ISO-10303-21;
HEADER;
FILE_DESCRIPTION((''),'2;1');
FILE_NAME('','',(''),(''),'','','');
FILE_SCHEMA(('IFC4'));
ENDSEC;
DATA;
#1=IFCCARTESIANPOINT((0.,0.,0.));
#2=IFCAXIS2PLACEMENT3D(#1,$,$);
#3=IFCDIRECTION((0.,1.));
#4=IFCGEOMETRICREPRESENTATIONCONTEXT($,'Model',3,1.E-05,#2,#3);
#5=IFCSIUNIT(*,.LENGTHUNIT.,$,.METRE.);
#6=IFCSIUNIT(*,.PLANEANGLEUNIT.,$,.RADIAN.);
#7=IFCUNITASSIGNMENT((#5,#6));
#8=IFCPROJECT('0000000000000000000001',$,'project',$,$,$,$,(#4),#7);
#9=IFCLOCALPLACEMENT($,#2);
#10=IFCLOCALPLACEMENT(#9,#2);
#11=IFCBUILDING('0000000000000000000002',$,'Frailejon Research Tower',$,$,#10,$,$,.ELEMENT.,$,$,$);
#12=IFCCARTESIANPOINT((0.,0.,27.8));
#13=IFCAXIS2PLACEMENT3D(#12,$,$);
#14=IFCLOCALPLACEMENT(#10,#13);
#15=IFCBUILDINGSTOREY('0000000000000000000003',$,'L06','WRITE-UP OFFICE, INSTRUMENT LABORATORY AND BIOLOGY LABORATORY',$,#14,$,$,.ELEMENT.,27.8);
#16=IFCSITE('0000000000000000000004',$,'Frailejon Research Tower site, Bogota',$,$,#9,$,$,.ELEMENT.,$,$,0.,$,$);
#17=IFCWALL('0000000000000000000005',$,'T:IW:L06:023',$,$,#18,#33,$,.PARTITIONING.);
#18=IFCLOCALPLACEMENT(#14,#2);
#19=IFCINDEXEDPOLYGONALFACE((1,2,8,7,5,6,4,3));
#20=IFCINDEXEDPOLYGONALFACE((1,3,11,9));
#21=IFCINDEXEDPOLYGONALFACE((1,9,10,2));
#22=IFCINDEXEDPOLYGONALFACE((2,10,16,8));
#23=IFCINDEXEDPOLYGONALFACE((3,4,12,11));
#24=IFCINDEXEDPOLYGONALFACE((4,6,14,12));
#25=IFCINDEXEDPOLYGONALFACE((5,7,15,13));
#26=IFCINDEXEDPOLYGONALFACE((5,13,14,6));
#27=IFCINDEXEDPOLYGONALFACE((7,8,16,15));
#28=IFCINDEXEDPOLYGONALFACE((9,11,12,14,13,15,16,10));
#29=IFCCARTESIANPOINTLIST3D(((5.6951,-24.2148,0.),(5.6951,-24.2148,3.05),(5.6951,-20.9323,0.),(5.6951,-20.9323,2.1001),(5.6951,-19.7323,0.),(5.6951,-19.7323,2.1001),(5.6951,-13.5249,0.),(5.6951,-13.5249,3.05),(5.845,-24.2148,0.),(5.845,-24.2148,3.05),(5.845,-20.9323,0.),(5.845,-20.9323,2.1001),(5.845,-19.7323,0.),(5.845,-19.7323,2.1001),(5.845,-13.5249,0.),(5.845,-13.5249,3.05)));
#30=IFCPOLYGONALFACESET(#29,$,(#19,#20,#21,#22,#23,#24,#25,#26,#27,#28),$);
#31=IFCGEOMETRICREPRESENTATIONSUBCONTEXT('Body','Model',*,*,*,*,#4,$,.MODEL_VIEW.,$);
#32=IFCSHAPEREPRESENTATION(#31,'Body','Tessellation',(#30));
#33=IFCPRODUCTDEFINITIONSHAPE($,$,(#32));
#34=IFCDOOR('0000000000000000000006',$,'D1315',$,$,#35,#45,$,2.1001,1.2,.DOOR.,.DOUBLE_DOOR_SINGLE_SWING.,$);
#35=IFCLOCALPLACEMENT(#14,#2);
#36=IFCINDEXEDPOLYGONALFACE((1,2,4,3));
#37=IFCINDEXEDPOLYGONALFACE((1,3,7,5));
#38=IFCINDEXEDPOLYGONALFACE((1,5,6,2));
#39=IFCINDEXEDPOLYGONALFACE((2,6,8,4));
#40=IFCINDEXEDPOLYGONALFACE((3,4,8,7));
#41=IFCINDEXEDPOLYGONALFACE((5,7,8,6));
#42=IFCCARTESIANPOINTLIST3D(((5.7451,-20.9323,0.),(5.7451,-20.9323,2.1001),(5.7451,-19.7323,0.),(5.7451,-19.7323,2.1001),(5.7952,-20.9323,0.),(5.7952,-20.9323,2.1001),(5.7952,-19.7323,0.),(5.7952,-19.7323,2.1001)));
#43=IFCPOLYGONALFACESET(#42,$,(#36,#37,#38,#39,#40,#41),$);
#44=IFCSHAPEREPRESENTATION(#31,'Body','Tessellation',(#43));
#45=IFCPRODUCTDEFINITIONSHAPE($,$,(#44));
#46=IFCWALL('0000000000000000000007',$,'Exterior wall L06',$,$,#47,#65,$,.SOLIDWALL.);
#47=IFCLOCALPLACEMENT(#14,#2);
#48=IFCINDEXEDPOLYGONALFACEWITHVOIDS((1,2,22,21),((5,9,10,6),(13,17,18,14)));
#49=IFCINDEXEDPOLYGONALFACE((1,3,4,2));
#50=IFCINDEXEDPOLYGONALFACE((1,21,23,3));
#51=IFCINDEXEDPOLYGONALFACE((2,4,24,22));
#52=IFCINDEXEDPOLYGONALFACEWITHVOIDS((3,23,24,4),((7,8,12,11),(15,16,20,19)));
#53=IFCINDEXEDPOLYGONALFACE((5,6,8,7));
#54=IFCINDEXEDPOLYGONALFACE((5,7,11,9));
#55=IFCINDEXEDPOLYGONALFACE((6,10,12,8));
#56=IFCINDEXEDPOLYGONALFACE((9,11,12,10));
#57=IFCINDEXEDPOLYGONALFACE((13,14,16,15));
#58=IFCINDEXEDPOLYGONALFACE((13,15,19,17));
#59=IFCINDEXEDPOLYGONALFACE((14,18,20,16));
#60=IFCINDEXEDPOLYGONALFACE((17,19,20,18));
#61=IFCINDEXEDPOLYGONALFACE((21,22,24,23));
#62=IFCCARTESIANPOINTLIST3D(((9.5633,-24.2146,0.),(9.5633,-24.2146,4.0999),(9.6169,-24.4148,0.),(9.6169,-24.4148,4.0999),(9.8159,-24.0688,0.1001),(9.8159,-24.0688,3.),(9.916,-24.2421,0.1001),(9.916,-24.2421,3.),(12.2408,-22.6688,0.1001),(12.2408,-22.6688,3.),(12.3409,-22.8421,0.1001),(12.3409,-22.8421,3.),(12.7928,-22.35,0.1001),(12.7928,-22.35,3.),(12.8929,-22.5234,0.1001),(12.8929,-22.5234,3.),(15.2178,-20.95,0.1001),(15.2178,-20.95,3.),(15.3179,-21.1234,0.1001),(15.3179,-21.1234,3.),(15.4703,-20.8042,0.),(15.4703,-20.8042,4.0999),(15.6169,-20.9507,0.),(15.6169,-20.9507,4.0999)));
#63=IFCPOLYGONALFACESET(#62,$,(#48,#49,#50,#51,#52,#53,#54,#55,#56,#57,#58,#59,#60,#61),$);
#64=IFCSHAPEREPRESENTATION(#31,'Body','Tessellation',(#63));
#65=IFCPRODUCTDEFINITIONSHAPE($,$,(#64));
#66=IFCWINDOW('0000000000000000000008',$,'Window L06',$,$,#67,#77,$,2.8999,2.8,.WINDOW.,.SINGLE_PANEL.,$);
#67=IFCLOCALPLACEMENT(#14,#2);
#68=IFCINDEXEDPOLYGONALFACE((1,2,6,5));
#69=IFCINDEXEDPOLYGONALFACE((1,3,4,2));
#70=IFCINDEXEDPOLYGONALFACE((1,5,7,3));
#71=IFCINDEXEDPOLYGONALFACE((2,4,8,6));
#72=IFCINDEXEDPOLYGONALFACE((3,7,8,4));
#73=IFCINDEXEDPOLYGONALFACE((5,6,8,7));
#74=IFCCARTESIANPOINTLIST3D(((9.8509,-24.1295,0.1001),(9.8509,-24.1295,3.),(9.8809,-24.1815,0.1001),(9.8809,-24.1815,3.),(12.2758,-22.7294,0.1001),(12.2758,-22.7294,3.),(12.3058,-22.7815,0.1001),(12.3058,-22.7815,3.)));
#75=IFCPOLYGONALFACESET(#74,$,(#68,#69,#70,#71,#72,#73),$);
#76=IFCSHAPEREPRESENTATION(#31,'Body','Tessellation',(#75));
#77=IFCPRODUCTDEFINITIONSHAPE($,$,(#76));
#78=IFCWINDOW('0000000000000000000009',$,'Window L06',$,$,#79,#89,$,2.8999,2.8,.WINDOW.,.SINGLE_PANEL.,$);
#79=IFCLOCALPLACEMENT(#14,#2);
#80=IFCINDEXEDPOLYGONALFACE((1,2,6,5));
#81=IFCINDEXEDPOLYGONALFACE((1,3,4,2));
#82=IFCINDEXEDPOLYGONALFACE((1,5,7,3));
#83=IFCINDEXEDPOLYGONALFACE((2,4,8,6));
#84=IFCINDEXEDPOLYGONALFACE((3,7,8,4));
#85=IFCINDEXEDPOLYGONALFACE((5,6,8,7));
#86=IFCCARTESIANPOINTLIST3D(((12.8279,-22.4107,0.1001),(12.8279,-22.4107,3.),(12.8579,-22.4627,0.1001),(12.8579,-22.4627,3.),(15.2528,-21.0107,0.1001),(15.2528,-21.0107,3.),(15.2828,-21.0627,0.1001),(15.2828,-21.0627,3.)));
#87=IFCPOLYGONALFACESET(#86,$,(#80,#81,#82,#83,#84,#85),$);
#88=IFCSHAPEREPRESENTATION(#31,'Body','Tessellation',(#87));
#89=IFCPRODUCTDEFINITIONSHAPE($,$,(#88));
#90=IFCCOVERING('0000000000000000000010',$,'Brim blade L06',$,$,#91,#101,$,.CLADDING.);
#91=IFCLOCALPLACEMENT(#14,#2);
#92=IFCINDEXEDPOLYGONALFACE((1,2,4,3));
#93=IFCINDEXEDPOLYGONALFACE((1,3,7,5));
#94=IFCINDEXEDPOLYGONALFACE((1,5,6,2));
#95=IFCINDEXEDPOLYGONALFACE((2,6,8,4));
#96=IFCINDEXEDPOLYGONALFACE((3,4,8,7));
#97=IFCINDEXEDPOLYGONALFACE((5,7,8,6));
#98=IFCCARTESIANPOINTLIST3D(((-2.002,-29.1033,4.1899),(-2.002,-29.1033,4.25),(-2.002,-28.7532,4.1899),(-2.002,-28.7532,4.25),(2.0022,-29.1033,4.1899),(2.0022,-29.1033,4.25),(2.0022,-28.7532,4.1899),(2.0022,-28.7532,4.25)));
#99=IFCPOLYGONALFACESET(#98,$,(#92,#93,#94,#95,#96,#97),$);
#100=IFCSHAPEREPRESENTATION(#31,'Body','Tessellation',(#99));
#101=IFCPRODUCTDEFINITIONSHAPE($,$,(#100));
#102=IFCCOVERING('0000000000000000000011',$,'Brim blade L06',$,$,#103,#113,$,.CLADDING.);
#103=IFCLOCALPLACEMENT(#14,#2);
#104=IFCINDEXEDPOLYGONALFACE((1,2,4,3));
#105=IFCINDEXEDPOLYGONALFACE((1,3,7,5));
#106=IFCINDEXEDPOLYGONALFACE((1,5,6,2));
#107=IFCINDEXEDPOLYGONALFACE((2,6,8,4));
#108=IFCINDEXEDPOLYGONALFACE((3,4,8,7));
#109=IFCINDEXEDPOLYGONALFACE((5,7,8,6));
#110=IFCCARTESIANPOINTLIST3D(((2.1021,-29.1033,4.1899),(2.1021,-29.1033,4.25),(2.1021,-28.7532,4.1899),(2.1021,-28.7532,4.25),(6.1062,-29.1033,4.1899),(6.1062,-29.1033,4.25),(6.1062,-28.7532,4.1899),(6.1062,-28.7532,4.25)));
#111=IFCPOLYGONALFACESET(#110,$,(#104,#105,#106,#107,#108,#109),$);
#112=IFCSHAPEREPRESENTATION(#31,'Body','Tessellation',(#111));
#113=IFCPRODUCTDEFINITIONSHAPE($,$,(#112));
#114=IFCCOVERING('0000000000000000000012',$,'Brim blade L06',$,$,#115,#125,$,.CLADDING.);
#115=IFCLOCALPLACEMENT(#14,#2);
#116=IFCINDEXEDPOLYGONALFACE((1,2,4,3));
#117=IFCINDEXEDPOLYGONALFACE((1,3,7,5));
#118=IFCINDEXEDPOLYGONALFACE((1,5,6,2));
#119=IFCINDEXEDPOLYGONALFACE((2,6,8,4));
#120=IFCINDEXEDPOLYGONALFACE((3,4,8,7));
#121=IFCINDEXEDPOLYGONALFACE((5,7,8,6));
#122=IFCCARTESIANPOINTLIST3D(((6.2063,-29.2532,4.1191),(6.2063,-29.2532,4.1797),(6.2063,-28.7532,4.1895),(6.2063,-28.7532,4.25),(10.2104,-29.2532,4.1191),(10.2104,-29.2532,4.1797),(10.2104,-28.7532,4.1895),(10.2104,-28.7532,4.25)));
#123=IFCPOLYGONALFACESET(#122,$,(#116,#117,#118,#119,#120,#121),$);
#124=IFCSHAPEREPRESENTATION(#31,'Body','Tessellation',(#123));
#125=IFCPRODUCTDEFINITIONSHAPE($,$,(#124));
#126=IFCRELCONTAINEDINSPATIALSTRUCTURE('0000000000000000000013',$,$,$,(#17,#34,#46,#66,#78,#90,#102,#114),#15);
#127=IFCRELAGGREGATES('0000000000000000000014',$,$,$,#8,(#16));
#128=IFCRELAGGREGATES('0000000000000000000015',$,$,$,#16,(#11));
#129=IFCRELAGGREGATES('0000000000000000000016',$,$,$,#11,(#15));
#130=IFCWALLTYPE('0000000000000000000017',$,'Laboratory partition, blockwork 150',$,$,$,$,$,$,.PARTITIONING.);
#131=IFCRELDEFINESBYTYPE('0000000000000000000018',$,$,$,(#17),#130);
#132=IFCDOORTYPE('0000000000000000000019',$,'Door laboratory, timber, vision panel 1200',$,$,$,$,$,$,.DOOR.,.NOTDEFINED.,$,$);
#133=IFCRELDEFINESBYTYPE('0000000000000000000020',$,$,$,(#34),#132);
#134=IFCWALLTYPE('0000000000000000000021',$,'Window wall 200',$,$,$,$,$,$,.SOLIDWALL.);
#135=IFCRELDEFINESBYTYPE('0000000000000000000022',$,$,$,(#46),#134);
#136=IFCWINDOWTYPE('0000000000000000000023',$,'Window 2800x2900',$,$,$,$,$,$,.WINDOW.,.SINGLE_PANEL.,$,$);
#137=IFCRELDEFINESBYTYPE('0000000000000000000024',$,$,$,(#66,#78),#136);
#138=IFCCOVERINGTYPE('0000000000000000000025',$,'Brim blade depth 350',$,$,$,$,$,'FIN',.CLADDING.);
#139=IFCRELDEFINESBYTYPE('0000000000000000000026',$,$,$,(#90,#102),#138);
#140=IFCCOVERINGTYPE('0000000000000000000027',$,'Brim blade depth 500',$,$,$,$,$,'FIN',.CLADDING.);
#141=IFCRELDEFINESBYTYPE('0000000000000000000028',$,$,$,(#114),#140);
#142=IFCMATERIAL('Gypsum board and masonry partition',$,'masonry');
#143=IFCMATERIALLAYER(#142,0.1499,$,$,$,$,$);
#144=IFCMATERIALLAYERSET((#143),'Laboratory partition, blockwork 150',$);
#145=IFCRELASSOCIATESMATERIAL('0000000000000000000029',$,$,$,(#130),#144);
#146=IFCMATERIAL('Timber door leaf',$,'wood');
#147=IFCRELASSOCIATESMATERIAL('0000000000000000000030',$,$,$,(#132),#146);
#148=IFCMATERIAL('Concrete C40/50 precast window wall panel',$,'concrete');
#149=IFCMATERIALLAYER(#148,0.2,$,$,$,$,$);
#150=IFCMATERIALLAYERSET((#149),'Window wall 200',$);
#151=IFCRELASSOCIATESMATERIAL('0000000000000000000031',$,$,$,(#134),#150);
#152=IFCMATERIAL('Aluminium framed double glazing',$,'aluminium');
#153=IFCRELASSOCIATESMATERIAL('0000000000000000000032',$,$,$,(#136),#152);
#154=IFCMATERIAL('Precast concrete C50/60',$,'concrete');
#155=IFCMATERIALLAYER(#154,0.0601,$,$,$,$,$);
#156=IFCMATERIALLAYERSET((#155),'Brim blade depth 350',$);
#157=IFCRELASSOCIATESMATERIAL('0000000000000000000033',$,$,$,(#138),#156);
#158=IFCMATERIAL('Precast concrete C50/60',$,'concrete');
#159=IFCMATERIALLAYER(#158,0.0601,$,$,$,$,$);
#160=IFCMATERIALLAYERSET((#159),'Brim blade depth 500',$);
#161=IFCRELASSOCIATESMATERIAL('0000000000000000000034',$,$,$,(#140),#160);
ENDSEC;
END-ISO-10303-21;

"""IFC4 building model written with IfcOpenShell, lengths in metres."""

from ifc_helpers import new_model, si_unit, direction, frame, frame_2d, origin, place, context, subcontext, project, spatial, polyline, rectangle, outline, extrude, material, layer, layer_set, type_object, element, fill, save


model = new_model("IFC4")

# Units and contexts
model_context = context("Model", 3, precision=1e-05, world=origin(), true_north=direction((0.0, 1.0)))
body_context = subcontext(model_context, "Body", "Model", "MODEL_VIEW")
ifc_project = project(units=[si_unit("LENGTHUNIT", "METRE"), si_unit("PLANEANGLEUNIT", "RADIAN")], contexts=[model_context])

# Site, building, storey
site_placement = place(None, origin())
site = spatial("IfcSite", under=ifc_project, at=site_placement, Name="Frailejon Research Tower site, Bogota", CompositionType="ELEMENT", RefElevation=0.0)
building_placement = place(site_placement, origin())
building = spatial("IfcBuilding", under=site, at=building_placement, Name="Frailejon Research Tower", CompositionType="ELEMENT")
storey_placement = place(building_placement, frame((0.0, 0.0, 27.8)))
storey = spatial("IfcBuildingStorey", under=building, at=storey_placement, Name="L06", Description="WRITE-UP OFFICE, INSTRUMENT LABORATORY AND BIOLOGY LABORATORY", CompositionType="ELEMENT", Elevation=27.8)

# Wall, opening, door
ifc_material_1 = material(Name="Gypsum board and masonry partition", Category="masonry")
ifc_layer_1 = layer(ifc_material_1, 0.1499)
ifc_layer_set_1 = layer_set([ifc_layer_1], Name="Laboratory partition, blockwork 150")
wall_type_1 = type_object("IfcWallType", Name="Laboratory partition, blockwork 150", PredefinedType="PARTITIONING", material=ifc_layer_set_1)
wall_1_placement = place(storey_placement, frame((5.77, -24.2148, 0.0), z_axis=(0.0, 0.0, 1.0), x_axis=(0.0, 1.0, 0.0)))
wall_1 = element("IfcWall", 1, at=wall_1_placement, inside=storey, type_object=wall_type_1, Name="T:IW:L06:023", PredefinedType="PARTITIONING", context=body_context, shape_type="SweptSolid", body=[
    extrude(rectangle(XDim=10.6899, YDim=0.1499, at=frame_2d((5.345, 0.0))), origin(), (0.0, 0.0, 1.0), 3.05),
])
opening_1_placement = place(wall_1_placement, frame((3.2825, 0.0, 0.0)))
opening_1 = element("IfcOpeningElement", 2, at=opening_1_placement, cuts=wall_1, PredefinedType="OPENING", context=body_context, shape_type="SweptSolid", body=[
    extrude(rectangle(XDim=1.2, YDim=2.1001, at=frame_2d((0.6001, 1.05))), frame((0.0, 0.085, 0.0), z_axis=(0.0, -1.0, 0.0), x_axis=(1.0, 0.0, 0.0)), (0.0, 0.0, 1.0), 0.1699),
])
ifc_material_2 = material(Name="Timber door leaf", Category="wood")
door_type = type_object("IfcDoorType", Name="Door laboratory, timber, vision panel 1200", OperationType="NOTDEFINED", PredefinedType="DOOR", material=ifc_material_2)
door_placement = place(opening_1_placement, origin())
door = element("IfcDoor", 3, at=door_placement, inside=storey, type_object=door_type, Name="D1315", OperationType="DOUBLE_DOOR_SINGLE_SWING", OverallHeight=2.1001, OverallWidth=1.2, PredefinedType="DOOR", context=body_context, shape_type="SweptSolid", body=[
    extrude(rectangle(XDim=1.2, YDim=2.1001, at=frame_2d((0.6001, 1.05))), frame((0.0, 0.0249, 0.0), z_axis=(0.0, -1.0, 0.0), x_axis=(1.0, 0.0, 0.0)), (0.0, 0.0, 1.0), 0.05),
])
fill(opening_1, door)

# Wall, openings, windows
ifc_material_3 = material(Name="Concrete C40/50 precast window wall panel", Category="concrete")
ifc_layer_2 = layer(ifc_material_3, 0.2)
ifc_layer_set_2 = layer_set([ifc_layer_2], Name="Window wall 200")
wall_type_2 = type_object("IfcWallType", Name="Window wall 200", PredefinedType="SOLIDWALL", material=ifc_layer_set_2)
wall_2_placement = place(storey_placement, frame((9.5901, -24.3147, 0.0), z_axis=(0.0, 0.0, 1.0), x_axis=(0.866029, 0.499993, 0.0)))
wall_2 = element("IfcWall", 4, at=wall_2_placement, inside=storey, type_object=wall_type_2, Name="Exterior wall L06", PredefinedType="SOLIDWALL", context=body_context, shape_type="SweptSolid", body=[
    extrude(outline(polyline([(-0.0269, -0.1001), (1.1279, -0.1001), (2.2825, -0.1001), (3.4373, -0.1001), (4.592, -0.1001), (5.7466, -0.1001), (6.9014, -0.1001), (6.8477, 0.1001), (5.7109, 0.1001), (4.574, 0.1001), (3.4373, 0.1001), (2.3005, 0.1001), (1.1636, 0.1001), (0.0269, 0.1001), (-0.0269, -0.1001)])), origin(), (0.0, 0.0, 1.0), 4.0999),
])
opening_2_placement = place(wall_2_placement, frame((0.3186, 0.0, 0.1001)))
opening_2 = element("IfcOpeningElement", 5, at=opening_2_placement, cuts=wall_2, PredefinedType="OPENING", context=body_context, shape_type="SweptSolid", body=[
    extrude(rectangle(XDim=2.8, YDim=2.8999, at=frame_2d((1.3999, 1.45))), frame((0.0, 0.1099, 0.0), z_axis=(0.0, -1.0, 0.0), x_axis=(1.0, 0.0, 0.0)), (0.0, 0.0, 1.0), 0.22),
])
opening_3_placement = place(wall_2_placement, frame((3.7561, 0.0, 0.1001)))
opening_3 = element("IfcOpeningElement", 6, at=opening_3_placement, cuts=wall_2, PredefinedType="OPENING", context=body_context, shape_type="SweptSolid", body=[
    extrude(rectangle(XDim=2.8, YDim=2.8999, at=frame_2d((1.3999, 1.45))), frame((0.0, 0.1099, 0.0), z_axis=(0.0, -1.0, 0.0), x_axis=(1.0, 0.0, 0.0)), (0.0, 0.0, 1.0), 0.22),
])
ifc_material_4 = material(Name="Aluminium framed double glazing", Category="aluminium")
window_type = type_object("IfcWindowType", Name="Window 2800x2900", PartitioningType="SINGLE_PANEL", PredefinedType="WINDOW", material=ifc_material_4)
window_1_placement = place(opening_2_placement, origin())
window_1 = element("IfcWindow", 7, at=window_1_placement, inside=storey, type_object=window_type, Name="Window L06", OverallHeight=2.8999, OverallWidth=2.8, PartitioningType="SINGLE_PANEL", PredefinedType="WINDOW", context=body_context, shape_type="SweptSolid", body=[
    extrude(rectangle(XDim=2.8, YDim=2.8999, at=frame_2d((1.3999, 1.45))), frame((0.0, 0.03, 0.0), z_axis=(0.0, -1.0, 0.0), x_axis=(1.0, 0.0, 0.0)), (0.0, 0.0, 1.0), 0.0601),
])
fill(opening_2, window_1)
window_2_placement = place(opening_3_placement, origin())
window_2 = element("IfcWindow", 8, at=window_2_placement, inside=storey, type_object=window_type, Name="Window L06", OverallHeight=2.8999, OverallWidth=2.8, PartitioningType="SINGLE_PANEL", PredefinedType="WINDOW", context=body_context, shape_type="SweptSolid", body=[
    extrude(rectangle(XDim=2.8, YDim=2.8999, at=frame_2d((1.3999, 1.45))), frame((0.0, 0.03, 0.0), z_axis=(0.0, -1.0, 0.0), x_axis=(1.0, 0.0, 0.0)), (0.0, 0.0, 1.0), 0.0601),
])
fill(opening_3, window_2)

# Coverings
ifc_material_5 = material(Name="Precast concrete C50/60", Category="concrete")
ifc_layer_3 = layer(ifc_material_5, 0.0601)
ifc_layer_set_3 = layer_set([ifc_layer_3], Name="Brim blade depth 350")
covering_type_1 = type_object("IfcCoveringType", Name="Brim blade depth 350", ElementType="FIN", PredefinedType="CLADDING", material=ifc_layer_set_3)
for number, where, z_axis, x_axis, name in (
    (9, (2.0022, -28.7532, 4.25), (-1.0, 0.0, 0.0), (0.0, -1.0, 0.0), "Brim blade L06"),
    (10, (6.1062, -28.7532, 4.25), (-1.0, 0.0, 0.0), (0.0, -1.0, 0.0), "Brim blade L06"),
):
    element("IfcCovering", number, at=place(storey_placement, frame(where, z_axis=z_axis, x_axis=x_axis)), inside=storey, type_object=covering_type_1, Name=name, PredefinedType="CLADDING", context=body_context, shape_type="SweptSolid", body=[
        extrude(outline(polyline([(0.0, -0.0601), (0.3501, -0.0601), (0.3501, 0.0), (0.0, 0.0), (0.0, -0.0601)])), origin(), (0.0, 0.0, 1.0), 4.0042),
    ])
ifc_material_6 = material(Name="Precast concrete C50/60", Category="concrete")
ifc_layer_4 = layer(ifc_material_6, 0.0601)
ifc_layer_set_4 = layer_set([ifc_layer_4], Name="Brim blade depth 500")
covering_type_2 = type_object("IfcCoveringType", Name="Brim blade depth 500", ElementType="FIN", PredefinedType="CLADDING", material=ifc_layer_set_4)
covering_placement = place(storey_placement, frame((10.2104, -28.7532, 4.25), z_axis=(-1.0, 0.0, 0.0), x_axis=(0.0, -1.0, 0.0)))
element("IfcCovering", 11, at=covering_placement, inside=storey, type_object=covering_type_2, Name="Brim blade L06", PredefinedType="CLADDING", context=body_context, shape_type="SweptSolid", body=[
    extrude(outline(polyline([(0.0, -0.0605), (0.5, -0.1309), (0.5, -0.0703), (0.0, 0.0), (0.0, -0.0605)])), origin(), (0.0, 0.0, 1.0), 4.0042),
])

save(model, "model.ifc")
